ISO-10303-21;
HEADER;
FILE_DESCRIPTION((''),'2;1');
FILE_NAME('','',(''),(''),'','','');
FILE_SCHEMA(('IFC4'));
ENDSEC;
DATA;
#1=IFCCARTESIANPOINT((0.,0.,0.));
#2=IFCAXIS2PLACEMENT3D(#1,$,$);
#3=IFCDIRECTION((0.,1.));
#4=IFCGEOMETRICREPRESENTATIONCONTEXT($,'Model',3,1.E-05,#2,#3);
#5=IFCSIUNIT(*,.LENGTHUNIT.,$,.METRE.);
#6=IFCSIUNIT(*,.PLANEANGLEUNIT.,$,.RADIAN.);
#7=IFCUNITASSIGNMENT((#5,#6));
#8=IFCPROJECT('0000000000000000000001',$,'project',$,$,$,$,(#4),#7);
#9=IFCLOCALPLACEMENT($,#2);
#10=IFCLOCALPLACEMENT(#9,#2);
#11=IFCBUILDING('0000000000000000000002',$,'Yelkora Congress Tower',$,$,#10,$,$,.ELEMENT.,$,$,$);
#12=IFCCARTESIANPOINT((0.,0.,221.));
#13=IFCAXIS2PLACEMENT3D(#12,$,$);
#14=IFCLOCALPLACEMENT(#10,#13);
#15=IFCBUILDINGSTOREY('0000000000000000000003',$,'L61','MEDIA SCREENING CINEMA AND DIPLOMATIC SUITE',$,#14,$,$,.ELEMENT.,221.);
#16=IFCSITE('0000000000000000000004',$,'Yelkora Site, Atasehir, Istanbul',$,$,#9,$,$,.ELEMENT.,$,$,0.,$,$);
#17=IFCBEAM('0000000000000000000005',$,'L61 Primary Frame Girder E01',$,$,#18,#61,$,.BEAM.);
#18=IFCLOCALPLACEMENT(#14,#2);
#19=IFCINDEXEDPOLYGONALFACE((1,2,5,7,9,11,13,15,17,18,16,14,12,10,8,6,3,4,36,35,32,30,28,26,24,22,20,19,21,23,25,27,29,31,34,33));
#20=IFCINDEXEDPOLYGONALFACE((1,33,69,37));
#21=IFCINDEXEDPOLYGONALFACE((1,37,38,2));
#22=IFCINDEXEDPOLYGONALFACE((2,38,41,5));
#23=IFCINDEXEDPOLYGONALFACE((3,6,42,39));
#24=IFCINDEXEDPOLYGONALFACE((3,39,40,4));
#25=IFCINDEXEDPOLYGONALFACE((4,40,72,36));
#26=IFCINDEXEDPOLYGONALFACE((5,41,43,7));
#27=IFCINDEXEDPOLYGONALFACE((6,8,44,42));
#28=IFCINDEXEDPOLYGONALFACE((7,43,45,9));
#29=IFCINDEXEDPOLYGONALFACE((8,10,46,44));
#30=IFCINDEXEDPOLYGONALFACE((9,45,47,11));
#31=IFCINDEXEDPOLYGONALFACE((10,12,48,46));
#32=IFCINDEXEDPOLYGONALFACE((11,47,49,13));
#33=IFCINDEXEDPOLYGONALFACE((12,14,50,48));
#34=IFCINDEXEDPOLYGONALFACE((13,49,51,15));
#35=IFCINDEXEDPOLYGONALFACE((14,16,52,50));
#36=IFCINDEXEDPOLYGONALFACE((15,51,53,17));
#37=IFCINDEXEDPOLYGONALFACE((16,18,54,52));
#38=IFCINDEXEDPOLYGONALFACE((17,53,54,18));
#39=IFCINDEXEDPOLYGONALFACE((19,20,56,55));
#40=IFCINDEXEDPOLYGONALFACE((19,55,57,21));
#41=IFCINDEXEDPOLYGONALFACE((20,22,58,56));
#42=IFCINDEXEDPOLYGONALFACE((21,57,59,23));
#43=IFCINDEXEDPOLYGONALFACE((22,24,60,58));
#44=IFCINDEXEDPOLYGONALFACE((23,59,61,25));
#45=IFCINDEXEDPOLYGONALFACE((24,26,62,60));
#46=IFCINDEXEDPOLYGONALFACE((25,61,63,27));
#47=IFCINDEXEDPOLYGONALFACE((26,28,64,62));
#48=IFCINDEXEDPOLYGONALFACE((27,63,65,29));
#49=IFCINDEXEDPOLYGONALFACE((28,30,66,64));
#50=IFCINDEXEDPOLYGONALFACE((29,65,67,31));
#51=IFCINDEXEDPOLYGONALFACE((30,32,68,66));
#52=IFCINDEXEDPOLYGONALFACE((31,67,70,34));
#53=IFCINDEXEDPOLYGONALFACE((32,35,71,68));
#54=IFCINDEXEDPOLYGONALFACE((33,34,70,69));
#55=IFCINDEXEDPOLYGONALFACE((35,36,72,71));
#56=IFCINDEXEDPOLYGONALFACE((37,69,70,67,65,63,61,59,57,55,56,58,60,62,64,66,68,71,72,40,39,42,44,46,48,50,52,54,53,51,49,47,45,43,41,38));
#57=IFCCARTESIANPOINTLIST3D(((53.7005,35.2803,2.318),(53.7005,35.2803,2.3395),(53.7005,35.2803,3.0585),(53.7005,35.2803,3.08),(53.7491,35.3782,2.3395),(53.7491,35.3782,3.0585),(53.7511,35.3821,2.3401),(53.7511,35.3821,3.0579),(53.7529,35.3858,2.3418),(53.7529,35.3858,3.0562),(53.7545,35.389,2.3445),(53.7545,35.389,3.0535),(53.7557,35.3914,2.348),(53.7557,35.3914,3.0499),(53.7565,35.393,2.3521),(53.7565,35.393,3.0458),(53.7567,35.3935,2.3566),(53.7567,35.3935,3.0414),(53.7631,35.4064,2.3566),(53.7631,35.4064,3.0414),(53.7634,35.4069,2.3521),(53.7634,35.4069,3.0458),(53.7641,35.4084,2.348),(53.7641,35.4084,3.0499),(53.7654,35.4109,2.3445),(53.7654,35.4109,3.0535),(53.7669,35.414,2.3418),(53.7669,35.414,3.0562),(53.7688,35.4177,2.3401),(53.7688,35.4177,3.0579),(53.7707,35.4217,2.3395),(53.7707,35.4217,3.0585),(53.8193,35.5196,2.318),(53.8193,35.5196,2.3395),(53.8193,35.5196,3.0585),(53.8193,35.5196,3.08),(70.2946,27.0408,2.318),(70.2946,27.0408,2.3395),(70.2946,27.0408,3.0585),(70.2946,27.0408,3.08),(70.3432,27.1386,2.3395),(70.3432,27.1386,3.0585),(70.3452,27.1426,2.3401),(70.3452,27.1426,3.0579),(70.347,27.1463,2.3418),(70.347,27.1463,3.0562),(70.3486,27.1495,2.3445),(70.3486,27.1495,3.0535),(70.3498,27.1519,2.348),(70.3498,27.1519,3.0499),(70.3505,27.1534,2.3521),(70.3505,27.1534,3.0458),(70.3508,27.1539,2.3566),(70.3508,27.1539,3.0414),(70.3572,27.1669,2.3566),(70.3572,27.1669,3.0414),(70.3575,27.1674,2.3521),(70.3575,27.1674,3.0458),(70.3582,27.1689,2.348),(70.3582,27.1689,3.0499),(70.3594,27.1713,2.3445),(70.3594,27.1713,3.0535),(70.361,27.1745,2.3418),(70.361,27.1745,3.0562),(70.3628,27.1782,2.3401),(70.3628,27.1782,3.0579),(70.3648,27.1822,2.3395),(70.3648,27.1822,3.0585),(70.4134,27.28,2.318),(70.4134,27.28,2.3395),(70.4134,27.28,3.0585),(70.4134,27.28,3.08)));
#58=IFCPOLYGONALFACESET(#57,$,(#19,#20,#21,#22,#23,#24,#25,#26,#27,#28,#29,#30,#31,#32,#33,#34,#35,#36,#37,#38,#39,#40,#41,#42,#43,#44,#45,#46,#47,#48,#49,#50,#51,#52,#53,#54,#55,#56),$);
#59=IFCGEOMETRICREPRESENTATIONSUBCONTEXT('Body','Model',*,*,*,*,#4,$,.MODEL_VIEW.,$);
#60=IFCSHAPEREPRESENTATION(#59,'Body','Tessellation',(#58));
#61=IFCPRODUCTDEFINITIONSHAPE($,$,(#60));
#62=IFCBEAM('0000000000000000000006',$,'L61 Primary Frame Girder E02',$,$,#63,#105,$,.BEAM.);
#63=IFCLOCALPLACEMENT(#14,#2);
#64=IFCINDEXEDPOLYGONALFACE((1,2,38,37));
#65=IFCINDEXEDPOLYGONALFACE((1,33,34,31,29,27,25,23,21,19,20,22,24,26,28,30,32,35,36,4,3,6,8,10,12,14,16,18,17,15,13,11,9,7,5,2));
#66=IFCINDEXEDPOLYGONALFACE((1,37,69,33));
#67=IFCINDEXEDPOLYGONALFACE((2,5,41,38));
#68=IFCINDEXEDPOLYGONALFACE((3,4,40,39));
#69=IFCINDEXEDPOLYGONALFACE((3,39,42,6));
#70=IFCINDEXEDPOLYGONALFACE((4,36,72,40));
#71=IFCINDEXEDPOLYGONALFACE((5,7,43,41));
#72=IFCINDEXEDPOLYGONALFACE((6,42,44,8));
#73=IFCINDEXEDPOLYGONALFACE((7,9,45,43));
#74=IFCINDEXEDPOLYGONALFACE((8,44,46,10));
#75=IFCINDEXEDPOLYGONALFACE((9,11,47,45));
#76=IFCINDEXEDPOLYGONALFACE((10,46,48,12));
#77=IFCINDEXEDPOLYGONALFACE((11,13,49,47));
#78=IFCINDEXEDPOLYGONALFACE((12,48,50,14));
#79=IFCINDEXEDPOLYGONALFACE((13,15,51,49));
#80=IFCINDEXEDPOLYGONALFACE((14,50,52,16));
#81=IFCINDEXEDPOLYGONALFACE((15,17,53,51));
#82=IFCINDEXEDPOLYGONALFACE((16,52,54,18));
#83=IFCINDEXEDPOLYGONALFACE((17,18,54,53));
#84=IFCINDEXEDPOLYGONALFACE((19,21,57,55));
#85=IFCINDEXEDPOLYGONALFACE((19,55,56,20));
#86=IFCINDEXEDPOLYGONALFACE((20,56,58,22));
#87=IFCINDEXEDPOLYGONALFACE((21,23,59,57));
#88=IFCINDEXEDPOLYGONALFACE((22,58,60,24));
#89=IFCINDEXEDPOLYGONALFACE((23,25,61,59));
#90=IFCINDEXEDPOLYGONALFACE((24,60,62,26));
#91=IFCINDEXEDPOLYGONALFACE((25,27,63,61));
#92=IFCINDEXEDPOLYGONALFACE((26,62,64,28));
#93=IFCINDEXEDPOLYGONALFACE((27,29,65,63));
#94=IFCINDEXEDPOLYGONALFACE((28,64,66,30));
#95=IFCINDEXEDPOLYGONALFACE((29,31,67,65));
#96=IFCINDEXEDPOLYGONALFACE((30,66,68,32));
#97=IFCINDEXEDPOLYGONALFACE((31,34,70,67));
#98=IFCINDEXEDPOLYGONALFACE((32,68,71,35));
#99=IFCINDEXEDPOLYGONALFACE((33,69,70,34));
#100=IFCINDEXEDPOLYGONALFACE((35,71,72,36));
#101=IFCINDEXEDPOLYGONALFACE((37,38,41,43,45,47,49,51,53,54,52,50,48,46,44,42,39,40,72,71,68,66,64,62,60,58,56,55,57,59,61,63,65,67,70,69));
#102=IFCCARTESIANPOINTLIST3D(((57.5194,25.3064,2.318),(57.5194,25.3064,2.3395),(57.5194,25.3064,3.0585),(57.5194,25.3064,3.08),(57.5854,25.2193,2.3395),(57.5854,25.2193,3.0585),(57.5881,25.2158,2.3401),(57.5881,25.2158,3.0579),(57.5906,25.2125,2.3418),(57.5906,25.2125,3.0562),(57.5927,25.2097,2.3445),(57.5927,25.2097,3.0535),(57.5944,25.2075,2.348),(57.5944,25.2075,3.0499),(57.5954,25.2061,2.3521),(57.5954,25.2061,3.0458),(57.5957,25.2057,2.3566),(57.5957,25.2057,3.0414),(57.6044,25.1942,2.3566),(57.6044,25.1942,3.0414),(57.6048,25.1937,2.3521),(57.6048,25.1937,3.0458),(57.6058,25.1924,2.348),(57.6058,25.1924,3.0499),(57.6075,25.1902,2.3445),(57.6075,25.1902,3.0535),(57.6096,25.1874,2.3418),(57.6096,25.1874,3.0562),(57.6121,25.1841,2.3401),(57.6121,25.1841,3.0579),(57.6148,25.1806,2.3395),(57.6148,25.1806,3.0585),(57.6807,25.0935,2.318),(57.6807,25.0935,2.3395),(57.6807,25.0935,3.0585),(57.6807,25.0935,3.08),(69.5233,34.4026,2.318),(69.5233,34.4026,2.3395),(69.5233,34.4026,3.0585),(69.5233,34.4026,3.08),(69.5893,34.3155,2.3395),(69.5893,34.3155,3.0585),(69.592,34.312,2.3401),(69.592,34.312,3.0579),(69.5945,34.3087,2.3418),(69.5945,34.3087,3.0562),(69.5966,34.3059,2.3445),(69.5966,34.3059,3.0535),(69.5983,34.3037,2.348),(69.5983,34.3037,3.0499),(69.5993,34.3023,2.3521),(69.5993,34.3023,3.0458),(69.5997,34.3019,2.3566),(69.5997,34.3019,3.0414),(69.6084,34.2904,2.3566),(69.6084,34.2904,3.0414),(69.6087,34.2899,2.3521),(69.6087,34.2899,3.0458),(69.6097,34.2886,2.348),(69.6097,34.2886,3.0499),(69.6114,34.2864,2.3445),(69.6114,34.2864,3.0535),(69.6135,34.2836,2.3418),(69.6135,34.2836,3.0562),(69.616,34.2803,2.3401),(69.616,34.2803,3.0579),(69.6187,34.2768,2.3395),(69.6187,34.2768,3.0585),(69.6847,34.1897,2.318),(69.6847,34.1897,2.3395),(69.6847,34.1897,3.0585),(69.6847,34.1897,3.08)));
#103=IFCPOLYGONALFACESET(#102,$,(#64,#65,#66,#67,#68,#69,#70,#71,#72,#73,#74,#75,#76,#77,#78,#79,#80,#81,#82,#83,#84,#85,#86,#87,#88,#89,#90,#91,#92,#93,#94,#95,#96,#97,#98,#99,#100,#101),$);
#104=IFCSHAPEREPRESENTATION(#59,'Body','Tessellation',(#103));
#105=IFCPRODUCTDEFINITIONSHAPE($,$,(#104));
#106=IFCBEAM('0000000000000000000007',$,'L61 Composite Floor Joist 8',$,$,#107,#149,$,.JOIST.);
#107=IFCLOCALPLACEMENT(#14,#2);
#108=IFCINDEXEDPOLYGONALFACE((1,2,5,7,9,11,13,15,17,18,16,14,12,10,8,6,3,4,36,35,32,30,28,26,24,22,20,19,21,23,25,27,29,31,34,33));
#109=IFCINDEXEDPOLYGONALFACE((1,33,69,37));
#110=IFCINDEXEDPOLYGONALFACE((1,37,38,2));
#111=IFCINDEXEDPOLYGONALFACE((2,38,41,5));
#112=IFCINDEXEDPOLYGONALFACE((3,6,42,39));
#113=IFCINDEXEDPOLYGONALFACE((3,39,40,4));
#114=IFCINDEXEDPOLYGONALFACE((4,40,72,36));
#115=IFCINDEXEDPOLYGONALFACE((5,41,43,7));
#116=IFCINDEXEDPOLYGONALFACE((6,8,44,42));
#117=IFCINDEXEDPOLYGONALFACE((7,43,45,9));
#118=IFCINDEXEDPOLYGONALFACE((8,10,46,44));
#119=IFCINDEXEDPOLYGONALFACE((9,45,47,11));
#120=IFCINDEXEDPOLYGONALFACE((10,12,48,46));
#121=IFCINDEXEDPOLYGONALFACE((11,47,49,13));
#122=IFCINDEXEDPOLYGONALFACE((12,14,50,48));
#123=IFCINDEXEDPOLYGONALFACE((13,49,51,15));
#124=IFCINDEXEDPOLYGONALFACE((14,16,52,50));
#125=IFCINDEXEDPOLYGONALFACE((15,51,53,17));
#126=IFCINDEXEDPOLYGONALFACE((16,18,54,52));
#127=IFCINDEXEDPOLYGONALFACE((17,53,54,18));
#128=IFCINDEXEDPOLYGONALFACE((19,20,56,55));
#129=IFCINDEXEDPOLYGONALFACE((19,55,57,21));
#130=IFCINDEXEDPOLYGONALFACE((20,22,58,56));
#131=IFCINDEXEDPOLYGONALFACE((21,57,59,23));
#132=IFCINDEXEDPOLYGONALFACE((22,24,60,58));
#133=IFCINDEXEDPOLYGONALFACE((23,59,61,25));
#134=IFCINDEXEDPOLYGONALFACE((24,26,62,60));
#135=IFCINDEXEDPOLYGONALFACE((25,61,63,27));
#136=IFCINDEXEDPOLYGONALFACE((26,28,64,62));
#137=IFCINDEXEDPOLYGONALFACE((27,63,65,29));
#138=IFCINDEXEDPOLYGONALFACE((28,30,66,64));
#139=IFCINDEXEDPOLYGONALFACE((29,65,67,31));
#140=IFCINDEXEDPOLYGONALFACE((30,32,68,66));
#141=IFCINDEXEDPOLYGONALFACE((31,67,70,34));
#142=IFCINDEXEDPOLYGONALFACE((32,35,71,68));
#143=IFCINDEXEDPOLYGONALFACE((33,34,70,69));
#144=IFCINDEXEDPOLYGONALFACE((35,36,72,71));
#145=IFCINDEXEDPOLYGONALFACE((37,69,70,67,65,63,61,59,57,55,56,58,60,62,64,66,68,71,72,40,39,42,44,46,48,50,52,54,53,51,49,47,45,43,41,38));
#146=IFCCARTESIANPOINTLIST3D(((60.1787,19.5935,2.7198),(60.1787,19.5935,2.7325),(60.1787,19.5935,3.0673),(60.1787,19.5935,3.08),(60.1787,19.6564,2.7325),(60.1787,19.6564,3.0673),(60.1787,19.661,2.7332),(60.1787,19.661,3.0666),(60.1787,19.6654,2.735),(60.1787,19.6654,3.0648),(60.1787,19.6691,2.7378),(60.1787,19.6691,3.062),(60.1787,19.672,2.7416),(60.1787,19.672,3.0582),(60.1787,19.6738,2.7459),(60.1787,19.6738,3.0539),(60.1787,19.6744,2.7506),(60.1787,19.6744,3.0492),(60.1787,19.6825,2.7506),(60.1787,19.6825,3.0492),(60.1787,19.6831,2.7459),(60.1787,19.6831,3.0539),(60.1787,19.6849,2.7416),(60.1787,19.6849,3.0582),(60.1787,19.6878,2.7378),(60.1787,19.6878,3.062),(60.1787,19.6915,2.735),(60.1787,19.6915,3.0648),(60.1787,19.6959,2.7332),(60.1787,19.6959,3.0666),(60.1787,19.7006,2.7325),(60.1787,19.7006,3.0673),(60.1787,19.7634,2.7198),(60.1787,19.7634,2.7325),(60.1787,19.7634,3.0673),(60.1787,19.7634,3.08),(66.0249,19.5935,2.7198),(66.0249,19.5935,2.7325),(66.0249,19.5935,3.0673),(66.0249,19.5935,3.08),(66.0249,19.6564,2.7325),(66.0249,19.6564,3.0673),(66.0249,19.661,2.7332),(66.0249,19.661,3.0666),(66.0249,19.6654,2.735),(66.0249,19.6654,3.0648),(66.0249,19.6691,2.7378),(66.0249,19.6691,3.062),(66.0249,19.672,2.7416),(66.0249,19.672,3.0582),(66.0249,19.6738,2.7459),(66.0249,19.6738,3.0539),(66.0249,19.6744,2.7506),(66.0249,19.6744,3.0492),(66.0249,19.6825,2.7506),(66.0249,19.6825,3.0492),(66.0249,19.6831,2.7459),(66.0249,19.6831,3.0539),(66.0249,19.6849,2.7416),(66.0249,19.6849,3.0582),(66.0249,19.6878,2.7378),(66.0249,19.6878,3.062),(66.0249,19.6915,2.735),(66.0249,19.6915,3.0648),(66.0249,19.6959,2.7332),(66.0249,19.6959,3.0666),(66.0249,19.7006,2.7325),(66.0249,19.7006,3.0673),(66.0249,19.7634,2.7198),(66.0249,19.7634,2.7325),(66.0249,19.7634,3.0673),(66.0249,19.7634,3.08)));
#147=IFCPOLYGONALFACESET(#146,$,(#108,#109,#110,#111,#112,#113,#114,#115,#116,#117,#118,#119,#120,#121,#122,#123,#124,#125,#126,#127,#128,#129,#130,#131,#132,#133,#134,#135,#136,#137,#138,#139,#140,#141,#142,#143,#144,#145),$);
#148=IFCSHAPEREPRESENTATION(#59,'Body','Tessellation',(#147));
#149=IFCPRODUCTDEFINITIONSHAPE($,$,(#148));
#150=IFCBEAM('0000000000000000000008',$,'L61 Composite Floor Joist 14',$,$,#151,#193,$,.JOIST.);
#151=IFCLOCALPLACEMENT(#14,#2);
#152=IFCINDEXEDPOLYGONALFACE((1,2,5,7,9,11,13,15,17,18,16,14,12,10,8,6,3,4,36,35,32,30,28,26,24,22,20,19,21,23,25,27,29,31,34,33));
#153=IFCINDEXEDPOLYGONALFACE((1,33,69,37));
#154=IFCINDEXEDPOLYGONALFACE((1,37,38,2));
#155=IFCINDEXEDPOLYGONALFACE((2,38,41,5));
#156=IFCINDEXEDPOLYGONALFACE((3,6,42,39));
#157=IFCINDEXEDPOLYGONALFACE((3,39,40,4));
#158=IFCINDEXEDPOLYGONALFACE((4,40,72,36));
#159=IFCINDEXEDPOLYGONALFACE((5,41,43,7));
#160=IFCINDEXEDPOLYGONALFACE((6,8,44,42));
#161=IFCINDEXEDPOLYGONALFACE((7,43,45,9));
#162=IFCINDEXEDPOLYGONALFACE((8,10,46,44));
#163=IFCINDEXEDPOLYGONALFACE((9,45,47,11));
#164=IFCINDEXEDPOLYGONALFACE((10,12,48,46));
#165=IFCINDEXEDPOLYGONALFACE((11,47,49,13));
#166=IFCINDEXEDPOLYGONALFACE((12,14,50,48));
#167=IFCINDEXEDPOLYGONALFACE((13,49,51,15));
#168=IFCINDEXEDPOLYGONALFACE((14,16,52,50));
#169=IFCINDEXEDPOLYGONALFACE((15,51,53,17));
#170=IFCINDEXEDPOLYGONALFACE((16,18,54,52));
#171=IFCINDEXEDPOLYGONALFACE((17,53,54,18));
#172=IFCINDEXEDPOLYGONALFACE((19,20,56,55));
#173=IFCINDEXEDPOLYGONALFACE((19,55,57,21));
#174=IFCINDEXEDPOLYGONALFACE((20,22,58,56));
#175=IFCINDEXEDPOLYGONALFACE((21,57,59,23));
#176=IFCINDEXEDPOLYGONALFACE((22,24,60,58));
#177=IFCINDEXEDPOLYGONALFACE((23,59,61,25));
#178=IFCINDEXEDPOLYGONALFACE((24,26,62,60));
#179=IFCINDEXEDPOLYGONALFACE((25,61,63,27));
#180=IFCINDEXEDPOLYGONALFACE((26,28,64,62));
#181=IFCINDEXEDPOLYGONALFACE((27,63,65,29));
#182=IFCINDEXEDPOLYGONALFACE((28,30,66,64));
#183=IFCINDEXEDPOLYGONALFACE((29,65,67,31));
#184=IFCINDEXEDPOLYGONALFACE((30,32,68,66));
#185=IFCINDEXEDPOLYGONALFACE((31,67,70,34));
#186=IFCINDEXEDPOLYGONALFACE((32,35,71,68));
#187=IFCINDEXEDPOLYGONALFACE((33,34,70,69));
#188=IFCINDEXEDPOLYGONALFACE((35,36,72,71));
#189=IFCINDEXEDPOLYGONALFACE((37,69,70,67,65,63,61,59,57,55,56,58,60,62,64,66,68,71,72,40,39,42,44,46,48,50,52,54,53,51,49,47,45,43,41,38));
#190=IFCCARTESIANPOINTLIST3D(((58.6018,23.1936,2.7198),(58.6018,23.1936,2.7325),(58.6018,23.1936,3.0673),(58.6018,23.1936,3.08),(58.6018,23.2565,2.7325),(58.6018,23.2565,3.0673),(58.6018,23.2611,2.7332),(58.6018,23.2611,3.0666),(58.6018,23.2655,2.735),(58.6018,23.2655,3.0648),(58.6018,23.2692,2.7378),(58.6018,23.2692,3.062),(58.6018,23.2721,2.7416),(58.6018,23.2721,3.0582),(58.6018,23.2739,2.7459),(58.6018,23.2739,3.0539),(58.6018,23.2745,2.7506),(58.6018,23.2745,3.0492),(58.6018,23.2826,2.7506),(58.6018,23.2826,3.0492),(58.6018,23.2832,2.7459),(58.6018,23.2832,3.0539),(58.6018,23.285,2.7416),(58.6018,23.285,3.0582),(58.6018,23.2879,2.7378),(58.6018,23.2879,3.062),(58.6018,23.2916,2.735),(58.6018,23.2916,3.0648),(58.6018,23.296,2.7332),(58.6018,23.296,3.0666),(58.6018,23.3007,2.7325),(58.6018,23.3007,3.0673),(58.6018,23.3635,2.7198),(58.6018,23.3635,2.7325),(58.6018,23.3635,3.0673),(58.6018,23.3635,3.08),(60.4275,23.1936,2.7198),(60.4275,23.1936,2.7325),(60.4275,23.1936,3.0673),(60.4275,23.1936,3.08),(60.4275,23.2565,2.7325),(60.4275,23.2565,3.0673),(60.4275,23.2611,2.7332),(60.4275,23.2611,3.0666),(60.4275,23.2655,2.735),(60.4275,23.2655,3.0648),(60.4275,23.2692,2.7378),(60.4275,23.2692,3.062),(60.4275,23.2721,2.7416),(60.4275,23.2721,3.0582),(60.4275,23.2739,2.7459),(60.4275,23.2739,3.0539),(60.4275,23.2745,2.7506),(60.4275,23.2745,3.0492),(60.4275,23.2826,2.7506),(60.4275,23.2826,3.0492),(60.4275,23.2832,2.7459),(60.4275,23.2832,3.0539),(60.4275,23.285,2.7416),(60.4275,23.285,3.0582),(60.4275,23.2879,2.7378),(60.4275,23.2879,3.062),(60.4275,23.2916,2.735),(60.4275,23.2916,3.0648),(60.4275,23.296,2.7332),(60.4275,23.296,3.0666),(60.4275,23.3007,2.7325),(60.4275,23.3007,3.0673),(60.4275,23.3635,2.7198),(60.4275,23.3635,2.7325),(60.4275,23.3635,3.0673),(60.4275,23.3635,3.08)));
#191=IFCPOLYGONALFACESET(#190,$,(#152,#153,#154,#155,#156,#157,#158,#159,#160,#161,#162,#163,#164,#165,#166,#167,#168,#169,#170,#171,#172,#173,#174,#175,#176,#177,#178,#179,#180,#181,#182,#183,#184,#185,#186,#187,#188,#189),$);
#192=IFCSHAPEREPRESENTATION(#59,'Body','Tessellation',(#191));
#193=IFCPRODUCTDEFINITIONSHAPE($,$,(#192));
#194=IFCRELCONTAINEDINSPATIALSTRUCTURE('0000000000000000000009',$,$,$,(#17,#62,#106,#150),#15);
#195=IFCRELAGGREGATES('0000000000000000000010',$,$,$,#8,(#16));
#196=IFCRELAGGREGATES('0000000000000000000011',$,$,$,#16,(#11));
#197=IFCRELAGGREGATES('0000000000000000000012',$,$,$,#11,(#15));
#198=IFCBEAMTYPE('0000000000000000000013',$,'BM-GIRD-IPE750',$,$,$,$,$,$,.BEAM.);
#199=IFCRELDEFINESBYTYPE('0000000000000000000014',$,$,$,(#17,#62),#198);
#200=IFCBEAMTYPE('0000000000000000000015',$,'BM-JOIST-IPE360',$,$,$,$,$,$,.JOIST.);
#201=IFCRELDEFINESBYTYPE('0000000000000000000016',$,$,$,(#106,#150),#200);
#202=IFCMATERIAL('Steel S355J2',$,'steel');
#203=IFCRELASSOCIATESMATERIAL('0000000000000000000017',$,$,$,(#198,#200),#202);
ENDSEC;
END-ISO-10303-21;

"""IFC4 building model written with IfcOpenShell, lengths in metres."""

from ifc_helpers import new_model, si_unit, direction, frame, origin, origin_2d, place, context, subcontext, project, spatial, i_section, extrude, material, material_profile, profile_set, type_object, element, save


model = new_model("IFC4")

# Units and contexts
model_context = context("Model", 3, precision=1e-05, world=origin(), true_north=direction((0.0, 1.0)))
body_context = subcontext(model_context, "Body", "Model", "MODEL_VIEW")
ifc_project = project(units=[si_unit("LENGTHUNIT", "METRE"), si_unit("PLANEANGLEUNIT", "RADIAN")], contexts=[model_context])

# Site, building, storey
site_placement = place(None, origin())
site = spatial("IfcSite", under=ifc_project, at=site_placement, Name="Yelkora Site, Atasehir, Istanbul", CompositionType="ELEMENT", RefElevation=0.0)
building_placement = place(site_placement, origin())
building = spatial("IfcBuilding", under=site, at=building_placement, Name="Yelkora Congress Tower", CompositionType="ELEMENT")
storey_placement = place(building_placement, frame((0.0, 0.0, 221.0)))
storey = spatial("IfcBuildingStorey", under=building, at=storey_placement, Name="L61", Description="MEDIA SCREENING CINEMA AND DIPLOMATIC SUITE", CompositionType="ELEMENT", Elevation=221.0)

# Shared definitions
ifc_material_1 = material(Name="Steel S355J2", Category="steel")

# Beams
ifc_material_profile_1 = material_profile(ifc_material_1, i_section(OverallWidth=0.2671, OverallDepth=0.762, WebThickness=0.0144, FlangeThickness=0.0215, FilletRadius=0.0171, at=origin_2d()), Name="IPE 750x173")
ifc_profile_set_1 = profile_set([ifc_material_profile_1], Name="Steel S355J2")
beam_type_1 = type_object("IfcBeamType", Name="BM-GIRD-IPE750", PredefinedType="BEAM", material=ifc_profile_set_1)
beam_1_placement = place(storey_placement, frame((70.354, 27.1604, 2.699), z_axis=(-0.895665, 0.444729, 0.0), x_axis=(-0.444729, -0.895665, 0.0)))
element("IfcBeam", 1, at=beam_1_placement, inside=storey, type_object=beam_type_1, Name="L61 Primary Frame Girder E01", PredefinedType="BEAM", context=body_context, shape_type="SweptSolid", body=[
    extrude(i_section(OverallWidth=0.2671, OverallDepth=0.762, WebThickness=0.0144, FlangeThickness=0.0215, FilletRadius=0.0171, at=origin_2d()), origin(), (0.0, 0.0, 1.0), 18.5271),
])
beam_2_placement = place(storey_placement, frame((69.604, 34.2961, 2.699), z_axis=(-0.797018, -0.603956, 0.0), x_axis=(0.603956, -0.797018, 0.0)))
element("IfcBeam", 2, at=beam_2_placement, inside=storey, type_object=beam_type_1, Name="L61 Primary Frame Girder E02", PredefinedType="BEAM", context=body_context, shape_type="SweptSolid", body=[
    extrude(i_section(OverallWidth=0.2671, OverallDepth=0.762, WebThickness=0.0144, FlangeThickness=0.0215, FilletRadius=0.0171, at=origin_2d()), origin(), (0.0, 0.0, 1.0), 15.061),
])
ifc_material_profile_2 = material_profile(ifc_material_1, i_section(OverallWidth=0.1699, OverallDepth=0.3601, WebThickness=0.0081, FlangeThickness=0.0127, FilletRadius=0.0181, at=origin_2d()), Name="IPE 360")
ifc_profile_set_2 = profile_set([ifc_material_profile_2], Name="Steel S355J2")
beam_type_2 = type_object("IfcBeamType", Name="BM-JOIST-IPE360", PredefinedType="JOIST", material=ifc_profile_set_2)
beam_3_placement = place(storey_placement, frame((60.1787, 19.6785, 2.8999), z_axis=(1.0, 0.0, 0.0), x_axis=(0.0, 1.0, 0.0)))
element("IfcBeam", 3, at=beam_3_placement, inside=storey, type_object=beam_type_2, Name="L61 Composite Floor Joist 8", PredefinedType="JOIST", context=body_context, shape_type="SweptSolid", body=[
    extrude(i_section(OverallWidth=0.1699, OverallDepth=0.3601, WebThickness=0.0081, FlangeThickness=0.0127, FilletRadius=0.0181, at=origin_2d()), origin(), (0.0, 0.0, 1.0), 5.8462),
])
beam_4_placement = place(storey_placement, frame((58.6018, 23.2786, 2.8999), z_axis=(1.0, 0.0, 0.0), x_axis=(0.0, 1.0, 0.0)))
element("IfcBeam", 4, at=beam_4_placement, inside=storey, type_object=beam_type_2, Name="L61 Composite Floor Joist 14", PredefinedType="JOIST", context=body_context, shape_type="SweptSolid", body=[
    extrude(i_section(OverallWidth=0.1699, OverallDepth=0.3601, WebThickness=0.0081, FlangeThickness=0.0127, FilletRadius=0.0181, at=origin_2d()), origin(), (0.0, 0.0, 1.0), 1.8257),
])

save(model, "model.ifc")
